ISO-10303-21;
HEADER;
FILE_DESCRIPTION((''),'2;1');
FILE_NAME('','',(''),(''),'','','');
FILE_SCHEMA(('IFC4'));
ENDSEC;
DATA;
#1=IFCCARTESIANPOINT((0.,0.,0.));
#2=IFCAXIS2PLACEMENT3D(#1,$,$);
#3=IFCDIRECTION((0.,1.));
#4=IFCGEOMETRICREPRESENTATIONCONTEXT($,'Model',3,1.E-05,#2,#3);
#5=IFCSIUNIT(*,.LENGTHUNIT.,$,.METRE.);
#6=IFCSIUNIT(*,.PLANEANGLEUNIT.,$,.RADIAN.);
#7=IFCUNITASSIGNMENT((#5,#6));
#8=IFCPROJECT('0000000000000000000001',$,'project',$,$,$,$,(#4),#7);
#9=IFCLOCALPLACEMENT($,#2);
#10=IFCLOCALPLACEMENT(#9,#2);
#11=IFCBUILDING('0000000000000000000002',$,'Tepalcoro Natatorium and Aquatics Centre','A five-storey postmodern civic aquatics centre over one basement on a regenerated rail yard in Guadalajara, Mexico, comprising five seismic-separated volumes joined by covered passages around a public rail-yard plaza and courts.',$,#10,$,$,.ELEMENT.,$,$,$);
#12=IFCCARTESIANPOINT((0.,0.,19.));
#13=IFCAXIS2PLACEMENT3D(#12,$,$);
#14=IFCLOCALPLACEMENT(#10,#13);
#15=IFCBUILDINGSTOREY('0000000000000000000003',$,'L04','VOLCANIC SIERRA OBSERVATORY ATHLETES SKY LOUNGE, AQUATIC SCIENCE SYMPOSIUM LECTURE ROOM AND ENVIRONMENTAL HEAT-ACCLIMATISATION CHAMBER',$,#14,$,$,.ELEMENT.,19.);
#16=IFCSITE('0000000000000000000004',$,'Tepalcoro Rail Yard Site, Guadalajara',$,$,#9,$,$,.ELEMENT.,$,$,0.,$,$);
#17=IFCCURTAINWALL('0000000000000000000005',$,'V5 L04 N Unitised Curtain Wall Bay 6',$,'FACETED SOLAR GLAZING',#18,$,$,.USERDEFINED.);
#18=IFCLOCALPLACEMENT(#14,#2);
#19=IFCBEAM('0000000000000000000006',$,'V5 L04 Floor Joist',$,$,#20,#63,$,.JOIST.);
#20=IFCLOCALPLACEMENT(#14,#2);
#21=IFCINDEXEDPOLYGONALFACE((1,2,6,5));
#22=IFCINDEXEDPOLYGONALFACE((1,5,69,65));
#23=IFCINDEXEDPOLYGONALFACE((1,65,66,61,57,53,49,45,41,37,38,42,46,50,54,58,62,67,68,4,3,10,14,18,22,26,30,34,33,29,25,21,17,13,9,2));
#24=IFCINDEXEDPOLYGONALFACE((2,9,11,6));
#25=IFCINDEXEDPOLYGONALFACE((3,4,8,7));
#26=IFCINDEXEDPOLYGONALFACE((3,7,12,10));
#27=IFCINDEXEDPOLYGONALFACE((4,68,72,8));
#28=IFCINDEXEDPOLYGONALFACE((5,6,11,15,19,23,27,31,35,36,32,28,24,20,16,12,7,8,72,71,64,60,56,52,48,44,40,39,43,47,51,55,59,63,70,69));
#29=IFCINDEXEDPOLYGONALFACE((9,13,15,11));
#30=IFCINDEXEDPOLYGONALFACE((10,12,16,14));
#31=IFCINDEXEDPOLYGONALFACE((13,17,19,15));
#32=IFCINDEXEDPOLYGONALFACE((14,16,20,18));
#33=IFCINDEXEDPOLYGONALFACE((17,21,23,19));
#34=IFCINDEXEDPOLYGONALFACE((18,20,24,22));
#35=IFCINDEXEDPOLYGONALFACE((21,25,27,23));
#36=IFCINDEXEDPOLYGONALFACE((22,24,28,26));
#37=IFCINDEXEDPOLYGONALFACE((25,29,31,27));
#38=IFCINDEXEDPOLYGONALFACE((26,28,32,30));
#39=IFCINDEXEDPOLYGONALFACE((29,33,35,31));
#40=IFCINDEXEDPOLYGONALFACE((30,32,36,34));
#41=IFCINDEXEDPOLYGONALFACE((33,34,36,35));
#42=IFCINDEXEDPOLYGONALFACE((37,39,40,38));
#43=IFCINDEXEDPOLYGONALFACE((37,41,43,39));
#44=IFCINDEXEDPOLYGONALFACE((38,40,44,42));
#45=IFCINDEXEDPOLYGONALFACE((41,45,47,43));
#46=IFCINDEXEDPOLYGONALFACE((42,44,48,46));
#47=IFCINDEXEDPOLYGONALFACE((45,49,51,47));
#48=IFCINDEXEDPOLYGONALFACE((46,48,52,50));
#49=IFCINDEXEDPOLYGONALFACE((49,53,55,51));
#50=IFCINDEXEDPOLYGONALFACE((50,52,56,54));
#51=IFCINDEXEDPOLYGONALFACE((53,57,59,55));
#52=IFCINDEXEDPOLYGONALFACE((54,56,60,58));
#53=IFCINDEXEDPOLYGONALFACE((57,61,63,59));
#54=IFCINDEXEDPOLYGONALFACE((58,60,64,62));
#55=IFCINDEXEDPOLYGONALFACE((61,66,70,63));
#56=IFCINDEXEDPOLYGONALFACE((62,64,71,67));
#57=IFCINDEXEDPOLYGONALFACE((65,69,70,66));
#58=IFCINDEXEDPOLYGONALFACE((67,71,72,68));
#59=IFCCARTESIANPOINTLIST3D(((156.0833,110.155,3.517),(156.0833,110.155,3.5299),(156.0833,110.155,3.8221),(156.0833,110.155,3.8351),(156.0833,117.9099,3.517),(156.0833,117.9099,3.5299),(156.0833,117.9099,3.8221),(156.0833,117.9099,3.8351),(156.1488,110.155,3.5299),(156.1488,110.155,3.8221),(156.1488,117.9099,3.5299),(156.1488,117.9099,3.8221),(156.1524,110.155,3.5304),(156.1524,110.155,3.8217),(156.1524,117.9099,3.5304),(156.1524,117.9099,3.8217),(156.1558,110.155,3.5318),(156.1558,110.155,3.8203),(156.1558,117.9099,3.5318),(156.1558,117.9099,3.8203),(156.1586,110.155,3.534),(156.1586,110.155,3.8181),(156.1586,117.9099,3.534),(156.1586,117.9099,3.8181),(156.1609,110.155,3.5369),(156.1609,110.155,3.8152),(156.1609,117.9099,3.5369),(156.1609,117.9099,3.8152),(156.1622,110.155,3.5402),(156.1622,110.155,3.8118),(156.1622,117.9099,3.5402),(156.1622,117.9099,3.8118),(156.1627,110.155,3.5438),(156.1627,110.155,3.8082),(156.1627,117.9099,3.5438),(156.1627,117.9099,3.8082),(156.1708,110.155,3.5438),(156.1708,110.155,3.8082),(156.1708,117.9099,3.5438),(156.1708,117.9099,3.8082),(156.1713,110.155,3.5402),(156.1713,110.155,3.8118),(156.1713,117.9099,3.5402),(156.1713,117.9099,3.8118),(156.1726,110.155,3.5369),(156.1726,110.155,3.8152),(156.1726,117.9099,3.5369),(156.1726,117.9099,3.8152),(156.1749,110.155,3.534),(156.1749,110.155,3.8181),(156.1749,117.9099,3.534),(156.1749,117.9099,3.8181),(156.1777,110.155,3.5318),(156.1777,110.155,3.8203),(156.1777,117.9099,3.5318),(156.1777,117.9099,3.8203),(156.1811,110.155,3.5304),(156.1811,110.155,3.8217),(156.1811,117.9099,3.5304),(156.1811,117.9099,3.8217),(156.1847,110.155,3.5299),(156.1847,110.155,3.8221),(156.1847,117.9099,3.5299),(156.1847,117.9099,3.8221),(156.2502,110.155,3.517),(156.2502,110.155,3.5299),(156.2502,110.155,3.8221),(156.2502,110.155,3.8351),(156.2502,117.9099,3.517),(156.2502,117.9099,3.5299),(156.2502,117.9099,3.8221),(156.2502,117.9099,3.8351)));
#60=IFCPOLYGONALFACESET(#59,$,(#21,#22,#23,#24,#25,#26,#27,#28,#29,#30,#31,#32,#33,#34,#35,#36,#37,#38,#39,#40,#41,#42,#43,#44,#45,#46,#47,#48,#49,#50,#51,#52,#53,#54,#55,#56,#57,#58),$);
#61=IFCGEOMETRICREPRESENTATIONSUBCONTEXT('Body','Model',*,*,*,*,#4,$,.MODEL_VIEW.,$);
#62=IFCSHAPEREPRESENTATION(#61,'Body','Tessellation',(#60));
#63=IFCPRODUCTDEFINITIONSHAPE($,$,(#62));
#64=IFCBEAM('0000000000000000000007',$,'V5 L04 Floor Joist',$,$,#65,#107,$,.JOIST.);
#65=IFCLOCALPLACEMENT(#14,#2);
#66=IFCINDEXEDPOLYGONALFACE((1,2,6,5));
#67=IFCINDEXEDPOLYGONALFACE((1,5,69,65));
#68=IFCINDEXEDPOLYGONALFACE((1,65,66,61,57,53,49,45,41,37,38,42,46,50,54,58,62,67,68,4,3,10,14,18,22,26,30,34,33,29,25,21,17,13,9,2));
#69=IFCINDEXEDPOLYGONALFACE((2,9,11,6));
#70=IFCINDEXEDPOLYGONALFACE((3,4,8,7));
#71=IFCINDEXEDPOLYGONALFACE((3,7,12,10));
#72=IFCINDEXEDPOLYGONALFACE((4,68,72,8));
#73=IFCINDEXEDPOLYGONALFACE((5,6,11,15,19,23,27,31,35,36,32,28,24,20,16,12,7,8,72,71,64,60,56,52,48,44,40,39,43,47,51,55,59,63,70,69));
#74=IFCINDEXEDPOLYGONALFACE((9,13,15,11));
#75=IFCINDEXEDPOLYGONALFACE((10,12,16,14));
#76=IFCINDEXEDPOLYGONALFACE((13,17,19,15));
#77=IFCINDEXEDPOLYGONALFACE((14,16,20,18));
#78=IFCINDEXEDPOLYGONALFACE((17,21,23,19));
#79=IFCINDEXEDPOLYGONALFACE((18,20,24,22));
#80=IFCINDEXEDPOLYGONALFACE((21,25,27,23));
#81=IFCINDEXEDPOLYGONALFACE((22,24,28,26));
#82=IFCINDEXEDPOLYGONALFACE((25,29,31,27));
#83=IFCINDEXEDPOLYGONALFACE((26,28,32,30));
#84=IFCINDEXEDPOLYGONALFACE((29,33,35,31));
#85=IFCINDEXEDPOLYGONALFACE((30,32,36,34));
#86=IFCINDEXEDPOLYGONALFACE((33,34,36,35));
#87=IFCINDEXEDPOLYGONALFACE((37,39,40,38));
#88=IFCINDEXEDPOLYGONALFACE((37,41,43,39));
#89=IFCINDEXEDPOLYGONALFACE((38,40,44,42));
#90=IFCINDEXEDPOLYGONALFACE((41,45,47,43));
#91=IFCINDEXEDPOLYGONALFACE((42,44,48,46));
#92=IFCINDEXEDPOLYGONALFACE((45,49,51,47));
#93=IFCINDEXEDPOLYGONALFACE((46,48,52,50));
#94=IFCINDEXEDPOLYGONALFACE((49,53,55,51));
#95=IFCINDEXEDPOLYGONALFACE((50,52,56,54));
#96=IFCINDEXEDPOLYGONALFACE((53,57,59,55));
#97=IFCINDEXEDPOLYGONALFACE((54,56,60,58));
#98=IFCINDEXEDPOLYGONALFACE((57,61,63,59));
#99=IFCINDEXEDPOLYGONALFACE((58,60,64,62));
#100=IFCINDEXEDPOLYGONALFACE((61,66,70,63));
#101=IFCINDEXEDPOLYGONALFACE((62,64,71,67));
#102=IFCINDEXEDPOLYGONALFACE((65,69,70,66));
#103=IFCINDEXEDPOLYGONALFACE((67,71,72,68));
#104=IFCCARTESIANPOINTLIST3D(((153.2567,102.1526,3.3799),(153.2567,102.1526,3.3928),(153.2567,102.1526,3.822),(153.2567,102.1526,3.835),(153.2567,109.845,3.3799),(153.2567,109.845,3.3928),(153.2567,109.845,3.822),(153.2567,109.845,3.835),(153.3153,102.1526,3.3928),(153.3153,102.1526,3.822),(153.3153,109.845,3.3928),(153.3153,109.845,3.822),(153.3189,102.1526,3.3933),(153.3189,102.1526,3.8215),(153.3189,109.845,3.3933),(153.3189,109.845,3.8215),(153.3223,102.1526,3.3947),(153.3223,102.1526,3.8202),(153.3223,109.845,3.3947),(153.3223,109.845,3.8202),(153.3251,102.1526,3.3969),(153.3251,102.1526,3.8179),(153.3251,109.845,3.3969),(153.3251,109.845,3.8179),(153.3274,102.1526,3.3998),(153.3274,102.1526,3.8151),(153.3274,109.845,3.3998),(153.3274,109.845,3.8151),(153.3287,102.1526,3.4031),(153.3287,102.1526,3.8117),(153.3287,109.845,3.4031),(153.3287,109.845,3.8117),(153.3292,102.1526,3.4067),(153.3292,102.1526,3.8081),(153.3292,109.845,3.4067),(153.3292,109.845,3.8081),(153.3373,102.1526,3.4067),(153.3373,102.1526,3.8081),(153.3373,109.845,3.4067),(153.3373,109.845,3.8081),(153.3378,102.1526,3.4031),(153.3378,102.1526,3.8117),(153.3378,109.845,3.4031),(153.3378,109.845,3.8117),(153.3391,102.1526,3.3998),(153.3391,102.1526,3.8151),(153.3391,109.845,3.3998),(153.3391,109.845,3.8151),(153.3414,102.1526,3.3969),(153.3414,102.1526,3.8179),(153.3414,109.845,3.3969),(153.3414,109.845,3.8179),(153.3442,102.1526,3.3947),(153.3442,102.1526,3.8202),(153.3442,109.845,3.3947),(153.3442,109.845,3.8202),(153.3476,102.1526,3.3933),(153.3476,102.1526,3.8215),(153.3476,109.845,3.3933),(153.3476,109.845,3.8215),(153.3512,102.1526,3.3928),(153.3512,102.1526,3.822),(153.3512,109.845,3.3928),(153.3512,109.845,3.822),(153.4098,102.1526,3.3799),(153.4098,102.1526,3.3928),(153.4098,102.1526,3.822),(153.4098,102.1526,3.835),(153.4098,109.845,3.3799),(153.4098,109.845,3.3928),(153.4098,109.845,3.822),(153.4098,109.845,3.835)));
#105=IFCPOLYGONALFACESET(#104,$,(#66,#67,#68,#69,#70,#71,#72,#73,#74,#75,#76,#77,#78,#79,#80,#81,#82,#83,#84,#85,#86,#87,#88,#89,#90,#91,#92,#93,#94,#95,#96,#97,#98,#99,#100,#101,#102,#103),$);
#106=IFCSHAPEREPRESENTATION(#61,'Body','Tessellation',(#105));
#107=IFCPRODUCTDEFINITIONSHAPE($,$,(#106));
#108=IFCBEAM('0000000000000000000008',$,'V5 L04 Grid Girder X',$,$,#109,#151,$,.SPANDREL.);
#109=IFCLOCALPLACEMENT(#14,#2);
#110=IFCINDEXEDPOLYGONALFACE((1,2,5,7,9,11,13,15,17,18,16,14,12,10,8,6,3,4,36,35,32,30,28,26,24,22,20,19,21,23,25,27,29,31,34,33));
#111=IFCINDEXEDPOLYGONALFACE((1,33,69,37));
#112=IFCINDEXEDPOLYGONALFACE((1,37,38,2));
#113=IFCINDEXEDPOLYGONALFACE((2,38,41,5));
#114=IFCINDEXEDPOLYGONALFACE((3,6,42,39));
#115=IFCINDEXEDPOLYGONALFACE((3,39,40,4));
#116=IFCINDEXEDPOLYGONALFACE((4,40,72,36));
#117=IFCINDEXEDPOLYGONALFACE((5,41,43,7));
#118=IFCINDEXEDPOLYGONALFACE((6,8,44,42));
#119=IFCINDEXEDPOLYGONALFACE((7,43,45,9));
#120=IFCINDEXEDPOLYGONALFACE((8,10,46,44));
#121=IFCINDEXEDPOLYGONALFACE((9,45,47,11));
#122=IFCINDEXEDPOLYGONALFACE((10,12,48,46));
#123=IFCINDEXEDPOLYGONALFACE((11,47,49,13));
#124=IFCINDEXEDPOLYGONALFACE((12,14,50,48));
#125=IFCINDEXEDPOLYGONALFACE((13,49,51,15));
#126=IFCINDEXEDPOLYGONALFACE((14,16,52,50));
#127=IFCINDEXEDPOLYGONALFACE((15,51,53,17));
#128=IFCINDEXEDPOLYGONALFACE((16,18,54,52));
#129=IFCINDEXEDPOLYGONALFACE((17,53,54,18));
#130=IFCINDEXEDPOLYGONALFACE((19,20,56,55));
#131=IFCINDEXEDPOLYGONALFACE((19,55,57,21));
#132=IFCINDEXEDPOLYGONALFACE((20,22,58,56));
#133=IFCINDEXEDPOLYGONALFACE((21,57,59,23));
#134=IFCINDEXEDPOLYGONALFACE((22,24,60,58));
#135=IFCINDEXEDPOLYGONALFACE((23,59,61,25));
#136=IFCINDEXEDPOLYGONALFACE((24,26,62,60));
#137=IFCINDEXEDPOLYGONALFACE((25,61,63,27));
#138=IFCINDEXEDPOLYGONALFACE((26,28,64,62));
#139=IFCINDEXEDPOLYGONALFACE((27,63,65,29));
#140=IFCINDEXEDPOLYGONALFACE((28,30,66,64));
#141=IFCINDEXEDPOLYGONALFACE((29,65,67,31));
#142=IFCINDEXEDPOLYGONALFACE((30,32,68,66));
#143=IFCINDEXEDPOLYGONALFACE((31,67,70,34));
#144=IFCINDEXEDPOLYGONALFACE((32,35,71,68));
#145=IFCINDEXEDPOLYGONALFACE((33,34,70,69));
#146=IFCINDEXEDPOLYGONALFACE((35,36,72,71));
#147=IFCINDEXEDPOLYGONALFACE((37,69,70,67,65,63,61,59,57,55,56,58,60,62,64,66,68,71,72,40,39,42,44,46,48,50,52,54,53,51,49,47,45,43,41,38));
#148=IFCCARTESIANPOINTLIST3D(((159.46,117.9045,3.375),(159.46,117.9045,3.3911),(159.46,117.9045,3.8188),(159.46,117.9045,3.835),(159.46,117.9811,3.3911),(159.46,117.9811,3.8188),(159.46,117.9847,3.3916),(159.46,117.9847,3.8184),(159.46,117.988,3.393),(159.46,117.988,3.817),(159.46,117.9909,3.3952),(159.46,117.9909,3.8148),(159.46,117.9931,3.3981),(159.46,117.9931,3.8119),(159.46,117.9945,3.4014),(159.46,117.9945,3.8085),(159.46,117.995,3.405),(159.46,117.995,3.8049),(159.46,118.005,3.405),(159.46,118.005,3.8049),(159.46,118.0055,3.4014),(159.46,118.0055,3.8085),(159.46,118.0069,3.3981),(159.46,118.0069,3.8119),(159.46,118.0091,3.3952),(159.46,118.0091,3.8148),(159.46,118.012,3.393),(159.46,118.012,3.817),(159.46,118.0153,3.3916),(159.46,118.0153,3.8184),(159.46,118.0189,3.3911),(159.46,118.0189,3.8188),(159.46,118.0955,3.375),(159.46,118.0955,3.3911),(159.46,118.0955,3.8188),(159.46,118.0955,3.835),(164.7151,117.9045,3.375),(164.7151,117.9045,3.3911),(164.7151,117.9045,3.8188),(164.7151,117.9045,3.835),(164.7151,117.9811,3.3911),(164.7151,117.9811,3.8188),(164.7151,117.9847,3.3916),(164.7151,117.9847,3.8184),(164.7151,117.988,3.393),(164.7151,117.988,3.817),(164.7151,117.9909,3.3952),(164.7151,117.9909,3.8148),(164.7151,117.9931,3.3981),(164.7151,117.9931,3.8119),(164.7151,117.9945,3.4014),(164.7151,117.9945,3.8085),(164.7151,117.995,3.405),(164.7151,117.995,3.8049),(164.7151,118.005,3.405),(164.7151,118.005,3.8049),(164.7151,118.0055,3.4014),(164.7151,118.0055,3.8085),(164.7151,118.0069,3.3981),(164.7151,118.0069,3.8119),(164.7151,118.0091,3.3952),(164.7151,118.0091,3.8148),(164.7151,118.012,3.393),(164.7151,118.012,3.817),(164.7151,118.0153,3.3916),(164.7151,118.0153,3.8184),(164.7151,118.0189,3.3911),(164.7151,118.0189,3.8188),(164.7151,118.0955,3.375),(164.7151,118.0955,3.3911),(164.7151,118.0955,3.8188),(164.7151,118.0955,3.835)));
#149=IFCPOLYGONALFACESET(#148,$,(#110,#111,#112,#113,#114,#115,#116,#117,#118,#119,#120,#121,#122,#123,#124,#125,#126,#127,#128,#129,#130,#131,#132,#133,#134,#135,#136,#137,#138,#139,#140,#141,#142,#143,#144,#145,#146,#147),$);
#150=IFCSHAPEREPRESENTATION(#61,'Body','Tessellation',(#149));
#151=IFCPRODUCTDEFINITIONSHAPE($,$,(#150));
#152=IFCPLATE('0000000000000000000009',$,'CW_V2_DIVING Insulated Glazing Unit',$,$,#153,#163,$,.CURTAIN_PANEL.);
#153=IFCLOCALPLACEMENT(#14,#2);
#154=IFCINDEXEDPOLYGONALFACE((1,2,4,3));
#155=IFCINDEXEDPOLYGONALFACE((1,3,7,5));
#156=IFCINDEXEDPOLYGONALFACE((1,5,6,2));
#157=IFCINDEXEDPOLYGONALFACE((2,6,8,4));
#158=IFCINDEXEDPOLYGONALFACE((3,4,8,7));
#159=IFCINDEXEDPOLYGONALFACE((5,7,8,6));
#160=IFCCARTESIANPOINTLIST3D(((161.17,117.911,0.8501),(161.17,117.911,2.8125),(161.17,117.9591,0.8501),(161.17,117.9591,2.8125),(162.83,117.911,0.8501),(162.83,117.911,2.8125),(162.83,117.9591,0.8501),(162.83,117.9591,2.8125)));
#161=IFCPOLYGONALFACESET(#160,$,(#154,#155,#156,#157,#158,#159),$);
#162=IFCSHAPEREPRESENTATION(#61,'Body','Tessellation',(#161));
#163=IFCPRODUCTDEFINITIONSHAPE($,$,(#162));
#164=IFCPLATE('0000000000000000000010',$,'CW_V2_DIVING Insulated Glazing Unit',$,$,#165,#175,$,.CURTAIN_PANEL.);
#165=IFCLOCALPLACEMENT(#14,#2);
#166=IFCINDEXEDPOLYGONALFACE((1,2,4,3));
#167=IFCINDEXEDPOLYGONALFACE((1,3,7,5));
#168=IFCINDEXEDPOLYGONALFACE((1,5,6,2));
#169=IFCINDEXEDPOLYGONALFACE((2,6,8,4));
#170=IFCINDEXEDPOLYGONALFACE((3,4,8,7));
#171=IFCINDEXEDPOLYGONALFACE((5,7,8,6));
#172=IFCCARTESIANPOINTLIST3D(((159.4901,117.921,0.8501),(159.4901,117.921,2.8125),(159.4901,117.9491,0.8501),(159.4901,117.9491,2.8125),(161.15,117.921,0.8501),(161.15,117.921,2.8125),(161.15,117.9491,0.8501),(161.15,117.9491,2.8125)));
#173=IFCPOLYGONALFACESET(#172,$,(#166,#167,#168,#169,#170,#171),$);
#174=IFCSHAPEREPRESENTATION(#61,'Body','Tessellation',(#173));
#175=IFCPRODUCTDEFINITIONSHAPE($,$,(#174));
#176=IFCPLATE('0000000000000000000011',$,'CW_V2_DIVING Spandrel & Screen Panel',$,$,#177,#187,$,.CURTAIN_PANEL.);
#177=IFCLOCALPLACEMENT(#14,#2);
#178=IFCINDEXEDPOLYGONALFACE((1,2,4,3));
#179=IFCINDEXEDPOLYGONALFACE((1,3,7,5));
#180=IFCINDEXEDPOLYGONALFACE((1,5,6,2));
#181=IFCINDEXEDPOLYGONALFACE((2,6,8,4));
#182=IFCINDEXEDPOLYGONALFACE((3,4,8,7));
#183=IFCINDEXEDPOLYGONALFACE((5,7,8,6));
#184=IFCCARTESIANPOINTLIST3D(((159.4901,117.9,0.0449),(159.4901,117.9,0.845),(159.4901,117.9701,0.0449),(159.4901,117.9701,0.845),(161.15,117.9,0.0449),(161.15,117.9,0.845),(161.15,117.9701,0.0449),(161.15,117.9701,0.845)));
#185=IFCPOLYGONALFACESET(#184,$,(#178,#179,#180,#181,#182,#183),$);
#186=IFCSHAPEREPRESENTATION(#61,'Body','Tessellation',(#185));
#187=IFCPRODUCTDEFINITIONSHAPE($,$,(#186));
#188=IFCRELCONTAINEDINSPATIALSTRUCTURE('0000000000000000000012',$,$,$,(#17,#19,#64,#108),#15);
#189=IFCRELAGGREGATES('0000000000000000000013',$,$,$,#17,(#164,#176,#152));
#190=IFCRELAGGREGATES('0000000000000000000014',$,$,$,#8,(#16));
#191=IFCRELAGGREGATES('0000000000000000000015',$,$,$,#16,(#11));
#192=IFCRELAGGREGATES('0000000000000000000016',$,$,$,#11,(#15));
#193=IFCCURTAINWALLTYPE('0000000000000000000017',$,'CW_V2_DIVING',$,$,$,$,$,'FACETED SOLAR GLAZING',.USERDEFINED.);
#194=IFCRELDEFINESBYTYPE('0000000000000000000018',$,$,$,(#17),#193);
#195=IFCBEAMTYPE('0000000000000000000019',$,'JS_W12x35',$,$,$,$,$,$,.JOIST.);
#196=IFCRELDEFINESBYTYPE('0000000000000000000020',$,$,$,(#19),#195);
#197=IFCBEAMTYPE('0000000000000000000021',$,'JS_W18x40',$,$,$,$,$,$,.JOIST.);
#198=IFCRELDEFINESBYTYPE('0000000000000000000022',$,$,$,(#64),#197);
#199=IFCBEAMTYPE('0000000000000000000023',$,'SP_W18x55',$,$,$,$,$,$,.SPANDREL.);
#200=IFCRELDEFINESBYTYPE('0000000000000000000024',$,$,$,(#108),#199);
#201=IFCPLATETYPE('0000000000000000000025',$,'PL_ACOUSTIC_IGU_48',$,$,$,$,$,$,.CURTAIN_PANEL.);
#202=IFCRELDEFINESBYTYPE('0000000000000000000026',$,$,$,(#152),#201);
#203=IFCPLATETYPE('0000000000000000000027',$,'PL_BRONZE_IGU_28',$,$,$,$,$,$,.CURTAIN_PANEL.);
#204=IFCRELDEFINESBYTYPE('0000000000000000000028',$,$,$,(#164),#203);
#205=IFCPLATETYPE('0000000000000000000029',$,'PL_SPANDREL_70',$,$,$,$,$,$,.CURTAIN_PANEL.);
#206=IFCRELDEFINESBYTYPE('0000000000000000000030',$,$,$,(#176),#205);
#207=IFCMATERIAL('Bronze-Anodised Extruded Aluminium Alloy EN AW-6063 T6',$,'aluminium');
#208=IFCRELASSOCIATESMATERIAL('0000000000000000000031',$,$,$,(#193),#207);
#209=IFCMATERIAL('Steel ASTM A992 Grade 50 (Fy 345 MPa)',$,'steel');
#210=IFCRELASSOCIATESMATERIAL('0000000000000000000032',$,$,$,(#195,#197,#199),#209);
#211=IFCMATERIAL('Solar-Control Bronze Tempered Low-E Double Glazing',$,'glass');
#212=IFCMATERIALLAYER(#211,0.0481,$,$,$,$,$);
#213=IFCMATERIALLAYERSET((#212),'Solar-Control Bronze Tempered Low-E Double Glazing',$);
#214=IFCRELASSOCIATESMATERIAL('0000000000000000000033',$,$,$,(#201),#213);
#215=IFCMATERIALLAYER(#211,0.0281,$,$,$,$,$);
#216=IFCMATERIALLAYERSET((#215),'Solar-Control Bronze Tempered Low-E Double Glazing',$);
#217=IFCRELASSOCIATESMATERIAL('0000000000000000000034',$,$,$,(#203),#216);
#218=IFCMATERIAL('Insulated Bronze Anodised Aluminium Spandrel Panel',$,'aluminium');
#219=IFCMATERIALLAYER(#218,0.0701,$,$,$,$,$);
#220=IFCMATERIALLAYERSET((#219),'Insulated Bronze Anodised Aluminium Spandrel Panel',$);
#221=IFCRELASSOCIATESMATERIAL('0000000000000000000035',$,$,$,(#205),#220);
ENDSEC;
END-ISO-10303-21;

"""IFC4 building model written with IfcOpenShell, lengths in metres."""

from ifc_helpers import new_model, si_unit, direction, frame, origin, origin_2d, place, context, subcontext, project, spatial, rectangle, i_section, extrude, material, layer, layer_set, material_profile, profile_set, type_object, element, aggregate, save


model = new_model("IFC4")

# Units and contexts
model_context = context("Model", 3, precision=1e-05, world=origin(), true_north=direction((0.0, 1.0)))
body_context = subcontext(model_context, "Body", "Model", "MODEL_VIEW")
ifc_project = project(units=[si_unit("LENGTHUNIT", "METRE"), si_unit("PLANEANGLEUNIT", "RADIAN")], contexts=[model_context])

# Site, building, storey
site_placement = place(None, origin())
site = spatial("IfcSite", under=ifc_project, at=site_placement, Name="Tepalcoro Rail Yard Site, Guadalajara", CompositionType="ELEMENT", RefElevation=0.0)
building_placement = place(site_placement, origin())
building = spatial("IfcBuilding", under=site, at=building_placement, Name="Tepalcoro Natatorium and Aquatics Centre", Description="A five-storey postmodern civic aquatics centre over one basement on a regenerated rail yard in Guadalajara, Mexico, comprising five seismic-separated volumes joined by covered passages around a public rail-yard plaza and courts.", CompositionType="ELEMENT")
storey_placement = place(building_placement, frame((0.0, 0.0, 19.0)))
storey = spatial("IfcBuildingStorey", under=building, at=storey_placement, Name="L04", Description="VOLCANIC SIERRA OBSERVATORY ATHLETES SKY LOUNGE, AQUATIC SCIENCE SYMPOSIUM LECTURE ROOM AND ENVIRONMENTAL HEAT-ACCLIMATISATION CHAMBER", CompositionType="ELEMENT", Elevation=19.0)

# Shared definitions
ifc_material_1 = material(Name="Steel ASTM A992 Grade 50 (Fy 345 MPa)", Category="steel")

# Curtain wall
ifc_material_2 = material(Name="Bronze-Anodised Extruded Aluminium Alloy EN AW-6063 T6", Category="aluminium")
curtain_wall_type = type_object("IfcCurtainWallType", Name="CW_V2_DIVING", ElementType="FACETED SOLAR GLAZING", PredefinedType="USERDEFINED", material=ifc_material_2)
curtain_wall_placement = place(storey_placement, origin())
curtain_wall = element("IfcCurtainWall", 1, at=curtain_wall_placement, inside=storey, type_object=curtain_wall_type, Name="V5 L04 N Unitised Curtain Wall Bay 6", ObjectType="FACETED SOLAR GLAZING", PredefinedType="USERDEFINED")

# Beams
ifc_material_profile_1 = material_profile(ifc_material_1, i_section(OverallWidth=0.167, OverallDepth=0.3181, WebThickness=0.0081, FlangeThickness=0.0129, FilletRadius=0.0139, at=origin_2d()), Name="W12X35")
ifc_profile_set_1 = profile_set([ifc_material_profile_1], Name="Steel ASTM A992 Grade 50 (Fy 345 MPa)")
beam_type_1 = type_object("IfcBeamType", Name="JS_W12x35", PredefinedType="JOIST", material=ifc_profile_set_1)
beam_1_placement = place(storey_placement, frame((156.1667, 110.155, 3.676), z_axis=(0.0, 1.0, 0.0), x_axis=(-1.0, 0.0, 0.0)))
element("IfcBeam", 2, at=beam_1_placement, inside=storey, type_object=beam_type_1, Name="V5 L04 Floor Joist", PredefinedType="JOIST", context=body_context, shape_type="SweptSolid", body=[
    extrude(i_section(OverallWidth=0.167, OverallDepth=0.3181, WebThickness=0.0081, FlangeThickness=0.0129, FilletRadius=0.0139, at=origin_2d()), origin(), (0.0, 0.0, 1.0), 7.7549),
])
ifc_material_profile_2 = material_profile(ifc_material_1, i_section(OverallWidth=0.1531, OverallDepth=0.4551, WebThickness=0.0081, FlangeThickness=0.0129, FilletRadius=0.0139, at=origin_2d()), Name="W18X40")
ifc_profile_set_2 = profile_set([ifc_material_profile_2], Name="Steel ASTM A992 Grade 50 (Fy 345 MPa)")
beam_type_2 = type_object("IfcBeamType", Name="JS_W18x40", PredefinedType="JOIST", material=ifc_profile_set_2)
beam_2_placement = place(storey_placement, frame((153.3333, 102.1526, 3.6074), z_axis=(0.0, 1.0, 0.0), x_axis=(-1.0, 0.0, 0.0)))
element("IfcBeam", 3, at=beam_2_placement, inside=storey, type_object=beam_type_2, Name="V5 L04 Floor Joist", PredefinedType="JOIST", context=body_context, shape_type="SweptSolid", body=[
    extrude(i_section(OverallWidth=0.1531, OverallDepth=0.4551, WebThickness=0.0081, FlangeThickness=0.0129, FilletRadius=0.0139, at=origin_2d()), origin(), (0.0, 0.0, 1.0), 7.6924),
])
ifc_material_profile_3 = material_profile(ifc_material_1, i_section(OverallWidth=0.1909, OverallDepth=0.46, WebThickness=0.01, FlangeThickness=0.0161, FilletRadius=0.0139, at=origin_2d()), Name="W18X55")
ifc_profile_set_3 = profile_set([ifc_material_profile_3], Name="Steel ASTM A992 Grade 50 (Fy 345 MPa)")
beam_type_3 = type_object("IfcBeamType", Name="SP_W18x55", PredefinedType="SPANDREL", material=ifc_profile_set_3)
beam_3_placement = place(storey_placement, frame((159.46, 118.0, 3.605), z_axis=(1.0, 0.0, 0.0), x_axis=(0.0, 1.0, 0.0)))
element("IfcBeam", 4, at=beam_3_placement, inside=storey, type_object=beam_type_3, Name="V5 L04 Grid Girder X", PredefinedType="SPANDREL", context=body_context, shape_type="SweptSolid", body=[
    extrude(i_section(OverallWidth=0.1909, OverallDepth=0.46, WebThickness=0.01, FlangeThickness=0.0161, FilletRadius=0.0139, at=origin_2d()), origin(), (0.0, 0.0, 1.0), 5.2551),
])

# Plates
ifc_material_3 = material(Name="Solar-Control Bronze Tempered Low-E Double Glazing", Category="glass")
ifc_layer_1 = layer(ifc_material_3, 0.0481)
ifc_layer_set_1 = layer_set([ifc_layer_1], Name="Solar-Control Bronze Tempered Low-E Double Glazing")
plate_type_1 = type_object("IfcPlateType", Name="PL_ACOUSTIC_IGU_48", PredefinedType="CURTAIN_PANEL", material=ifc_layer_set_1)
plate_1_placement = place(storey_placement, frame((162.0, 117.9351, 0.8501), z_axis=(0.0, 0.0, 1.0), x_axis=(1.0, 0.0, 0.0)))
plate_1 = element("IfcPlate", 5, at=plate_1_placement, type_object=plate_type_1, Name="CW_V2_DIVING Insulated Glazing Unit", PredefinedType="CURTAIN_PANEL", context=body_context, shape_type="SweptSolid", body=[
    extrude(rectangle(XDim=1.6599, YDim=0.0481, at=origin_2d()), origin(), (0.0, 0.0, 1.0), 1.9624),
])
ifc_layer_2 = layer(ifc_material_3, 0.0281)
ifc_layer_set_2 = layer_set([ifc_layer_2], Name="Solar-Control Bronze Tempered Low-E Double Glazing")
plate_type_2 = type_object("IfcPlateType", Name="PL_BRONZE_IGU_28", PredefinedType="CURTAIN_PANEL", material=ifc_layer_set_2)
plate_2_placement = place(storey_placement, frame((160.3201, 117.9351, 0.8501), z_axis=(0.0, 0.0, 1.0), x_axis=(1.0, 0.0, 0.0)))
plate_2 = element("IfcPlate", 6, at=plate_2_placement, type_object=plate_type_2, Name="CW_V2_DIVING Insulated Glazing Unit", PredefinedType="CURTAIN_PANEL", context=body_context, shape_type="SweptSolid", body=[
    extrude(rectangle(XDim=1.6599, YDim=0.0281, at=origin_2d()), origin(), (0.0, 0.0, 1.0), 1.9624),
])
ifc_material_4 = material(Name="Insulated Bronze Anodised Aluminium Spandrel Panel", Category="aluminium")
ifc_layer_3 = layer(ifc_material_4, 0.0701)
ifc_layer_set_3 = layer_set([ifc_layer_3], Name="Insulated Bronze Anodised Aluminium Spandrel Panel")
plate_type_3 = type_object("IfcPlateType", Name="PL_SPANDREL_70", PredefinedType="CURTAIN_PANEL", material=ifc_layer_set_3)
plate_3_placement = place(storey_placement, frame((160.3201, 117.9351, 0.0449), z_axis=(0.0, 0.0, 1.0), x_axis=(1.0, 0.0, 0.0)))
plate_3 = element("IfcPlate", 7, at=plate_3_placement, type_object=plate_type_3, Name="CW_V2_DIVING Spandrel & Screen Panel", PredefinedType="CURTAIN_PANEL", context=body_context, shape_type="SweptSolid", body=[
    extrude(rectangle(XDim=1.6599, YDim=0.0701, at=origin_2d()), origin(), (0.0, 0.0, 1.0), 0.8),
])
aggregate(curtain_wall, [plate_2, plate_3, plate_1])

save(model, "model.ifc")
